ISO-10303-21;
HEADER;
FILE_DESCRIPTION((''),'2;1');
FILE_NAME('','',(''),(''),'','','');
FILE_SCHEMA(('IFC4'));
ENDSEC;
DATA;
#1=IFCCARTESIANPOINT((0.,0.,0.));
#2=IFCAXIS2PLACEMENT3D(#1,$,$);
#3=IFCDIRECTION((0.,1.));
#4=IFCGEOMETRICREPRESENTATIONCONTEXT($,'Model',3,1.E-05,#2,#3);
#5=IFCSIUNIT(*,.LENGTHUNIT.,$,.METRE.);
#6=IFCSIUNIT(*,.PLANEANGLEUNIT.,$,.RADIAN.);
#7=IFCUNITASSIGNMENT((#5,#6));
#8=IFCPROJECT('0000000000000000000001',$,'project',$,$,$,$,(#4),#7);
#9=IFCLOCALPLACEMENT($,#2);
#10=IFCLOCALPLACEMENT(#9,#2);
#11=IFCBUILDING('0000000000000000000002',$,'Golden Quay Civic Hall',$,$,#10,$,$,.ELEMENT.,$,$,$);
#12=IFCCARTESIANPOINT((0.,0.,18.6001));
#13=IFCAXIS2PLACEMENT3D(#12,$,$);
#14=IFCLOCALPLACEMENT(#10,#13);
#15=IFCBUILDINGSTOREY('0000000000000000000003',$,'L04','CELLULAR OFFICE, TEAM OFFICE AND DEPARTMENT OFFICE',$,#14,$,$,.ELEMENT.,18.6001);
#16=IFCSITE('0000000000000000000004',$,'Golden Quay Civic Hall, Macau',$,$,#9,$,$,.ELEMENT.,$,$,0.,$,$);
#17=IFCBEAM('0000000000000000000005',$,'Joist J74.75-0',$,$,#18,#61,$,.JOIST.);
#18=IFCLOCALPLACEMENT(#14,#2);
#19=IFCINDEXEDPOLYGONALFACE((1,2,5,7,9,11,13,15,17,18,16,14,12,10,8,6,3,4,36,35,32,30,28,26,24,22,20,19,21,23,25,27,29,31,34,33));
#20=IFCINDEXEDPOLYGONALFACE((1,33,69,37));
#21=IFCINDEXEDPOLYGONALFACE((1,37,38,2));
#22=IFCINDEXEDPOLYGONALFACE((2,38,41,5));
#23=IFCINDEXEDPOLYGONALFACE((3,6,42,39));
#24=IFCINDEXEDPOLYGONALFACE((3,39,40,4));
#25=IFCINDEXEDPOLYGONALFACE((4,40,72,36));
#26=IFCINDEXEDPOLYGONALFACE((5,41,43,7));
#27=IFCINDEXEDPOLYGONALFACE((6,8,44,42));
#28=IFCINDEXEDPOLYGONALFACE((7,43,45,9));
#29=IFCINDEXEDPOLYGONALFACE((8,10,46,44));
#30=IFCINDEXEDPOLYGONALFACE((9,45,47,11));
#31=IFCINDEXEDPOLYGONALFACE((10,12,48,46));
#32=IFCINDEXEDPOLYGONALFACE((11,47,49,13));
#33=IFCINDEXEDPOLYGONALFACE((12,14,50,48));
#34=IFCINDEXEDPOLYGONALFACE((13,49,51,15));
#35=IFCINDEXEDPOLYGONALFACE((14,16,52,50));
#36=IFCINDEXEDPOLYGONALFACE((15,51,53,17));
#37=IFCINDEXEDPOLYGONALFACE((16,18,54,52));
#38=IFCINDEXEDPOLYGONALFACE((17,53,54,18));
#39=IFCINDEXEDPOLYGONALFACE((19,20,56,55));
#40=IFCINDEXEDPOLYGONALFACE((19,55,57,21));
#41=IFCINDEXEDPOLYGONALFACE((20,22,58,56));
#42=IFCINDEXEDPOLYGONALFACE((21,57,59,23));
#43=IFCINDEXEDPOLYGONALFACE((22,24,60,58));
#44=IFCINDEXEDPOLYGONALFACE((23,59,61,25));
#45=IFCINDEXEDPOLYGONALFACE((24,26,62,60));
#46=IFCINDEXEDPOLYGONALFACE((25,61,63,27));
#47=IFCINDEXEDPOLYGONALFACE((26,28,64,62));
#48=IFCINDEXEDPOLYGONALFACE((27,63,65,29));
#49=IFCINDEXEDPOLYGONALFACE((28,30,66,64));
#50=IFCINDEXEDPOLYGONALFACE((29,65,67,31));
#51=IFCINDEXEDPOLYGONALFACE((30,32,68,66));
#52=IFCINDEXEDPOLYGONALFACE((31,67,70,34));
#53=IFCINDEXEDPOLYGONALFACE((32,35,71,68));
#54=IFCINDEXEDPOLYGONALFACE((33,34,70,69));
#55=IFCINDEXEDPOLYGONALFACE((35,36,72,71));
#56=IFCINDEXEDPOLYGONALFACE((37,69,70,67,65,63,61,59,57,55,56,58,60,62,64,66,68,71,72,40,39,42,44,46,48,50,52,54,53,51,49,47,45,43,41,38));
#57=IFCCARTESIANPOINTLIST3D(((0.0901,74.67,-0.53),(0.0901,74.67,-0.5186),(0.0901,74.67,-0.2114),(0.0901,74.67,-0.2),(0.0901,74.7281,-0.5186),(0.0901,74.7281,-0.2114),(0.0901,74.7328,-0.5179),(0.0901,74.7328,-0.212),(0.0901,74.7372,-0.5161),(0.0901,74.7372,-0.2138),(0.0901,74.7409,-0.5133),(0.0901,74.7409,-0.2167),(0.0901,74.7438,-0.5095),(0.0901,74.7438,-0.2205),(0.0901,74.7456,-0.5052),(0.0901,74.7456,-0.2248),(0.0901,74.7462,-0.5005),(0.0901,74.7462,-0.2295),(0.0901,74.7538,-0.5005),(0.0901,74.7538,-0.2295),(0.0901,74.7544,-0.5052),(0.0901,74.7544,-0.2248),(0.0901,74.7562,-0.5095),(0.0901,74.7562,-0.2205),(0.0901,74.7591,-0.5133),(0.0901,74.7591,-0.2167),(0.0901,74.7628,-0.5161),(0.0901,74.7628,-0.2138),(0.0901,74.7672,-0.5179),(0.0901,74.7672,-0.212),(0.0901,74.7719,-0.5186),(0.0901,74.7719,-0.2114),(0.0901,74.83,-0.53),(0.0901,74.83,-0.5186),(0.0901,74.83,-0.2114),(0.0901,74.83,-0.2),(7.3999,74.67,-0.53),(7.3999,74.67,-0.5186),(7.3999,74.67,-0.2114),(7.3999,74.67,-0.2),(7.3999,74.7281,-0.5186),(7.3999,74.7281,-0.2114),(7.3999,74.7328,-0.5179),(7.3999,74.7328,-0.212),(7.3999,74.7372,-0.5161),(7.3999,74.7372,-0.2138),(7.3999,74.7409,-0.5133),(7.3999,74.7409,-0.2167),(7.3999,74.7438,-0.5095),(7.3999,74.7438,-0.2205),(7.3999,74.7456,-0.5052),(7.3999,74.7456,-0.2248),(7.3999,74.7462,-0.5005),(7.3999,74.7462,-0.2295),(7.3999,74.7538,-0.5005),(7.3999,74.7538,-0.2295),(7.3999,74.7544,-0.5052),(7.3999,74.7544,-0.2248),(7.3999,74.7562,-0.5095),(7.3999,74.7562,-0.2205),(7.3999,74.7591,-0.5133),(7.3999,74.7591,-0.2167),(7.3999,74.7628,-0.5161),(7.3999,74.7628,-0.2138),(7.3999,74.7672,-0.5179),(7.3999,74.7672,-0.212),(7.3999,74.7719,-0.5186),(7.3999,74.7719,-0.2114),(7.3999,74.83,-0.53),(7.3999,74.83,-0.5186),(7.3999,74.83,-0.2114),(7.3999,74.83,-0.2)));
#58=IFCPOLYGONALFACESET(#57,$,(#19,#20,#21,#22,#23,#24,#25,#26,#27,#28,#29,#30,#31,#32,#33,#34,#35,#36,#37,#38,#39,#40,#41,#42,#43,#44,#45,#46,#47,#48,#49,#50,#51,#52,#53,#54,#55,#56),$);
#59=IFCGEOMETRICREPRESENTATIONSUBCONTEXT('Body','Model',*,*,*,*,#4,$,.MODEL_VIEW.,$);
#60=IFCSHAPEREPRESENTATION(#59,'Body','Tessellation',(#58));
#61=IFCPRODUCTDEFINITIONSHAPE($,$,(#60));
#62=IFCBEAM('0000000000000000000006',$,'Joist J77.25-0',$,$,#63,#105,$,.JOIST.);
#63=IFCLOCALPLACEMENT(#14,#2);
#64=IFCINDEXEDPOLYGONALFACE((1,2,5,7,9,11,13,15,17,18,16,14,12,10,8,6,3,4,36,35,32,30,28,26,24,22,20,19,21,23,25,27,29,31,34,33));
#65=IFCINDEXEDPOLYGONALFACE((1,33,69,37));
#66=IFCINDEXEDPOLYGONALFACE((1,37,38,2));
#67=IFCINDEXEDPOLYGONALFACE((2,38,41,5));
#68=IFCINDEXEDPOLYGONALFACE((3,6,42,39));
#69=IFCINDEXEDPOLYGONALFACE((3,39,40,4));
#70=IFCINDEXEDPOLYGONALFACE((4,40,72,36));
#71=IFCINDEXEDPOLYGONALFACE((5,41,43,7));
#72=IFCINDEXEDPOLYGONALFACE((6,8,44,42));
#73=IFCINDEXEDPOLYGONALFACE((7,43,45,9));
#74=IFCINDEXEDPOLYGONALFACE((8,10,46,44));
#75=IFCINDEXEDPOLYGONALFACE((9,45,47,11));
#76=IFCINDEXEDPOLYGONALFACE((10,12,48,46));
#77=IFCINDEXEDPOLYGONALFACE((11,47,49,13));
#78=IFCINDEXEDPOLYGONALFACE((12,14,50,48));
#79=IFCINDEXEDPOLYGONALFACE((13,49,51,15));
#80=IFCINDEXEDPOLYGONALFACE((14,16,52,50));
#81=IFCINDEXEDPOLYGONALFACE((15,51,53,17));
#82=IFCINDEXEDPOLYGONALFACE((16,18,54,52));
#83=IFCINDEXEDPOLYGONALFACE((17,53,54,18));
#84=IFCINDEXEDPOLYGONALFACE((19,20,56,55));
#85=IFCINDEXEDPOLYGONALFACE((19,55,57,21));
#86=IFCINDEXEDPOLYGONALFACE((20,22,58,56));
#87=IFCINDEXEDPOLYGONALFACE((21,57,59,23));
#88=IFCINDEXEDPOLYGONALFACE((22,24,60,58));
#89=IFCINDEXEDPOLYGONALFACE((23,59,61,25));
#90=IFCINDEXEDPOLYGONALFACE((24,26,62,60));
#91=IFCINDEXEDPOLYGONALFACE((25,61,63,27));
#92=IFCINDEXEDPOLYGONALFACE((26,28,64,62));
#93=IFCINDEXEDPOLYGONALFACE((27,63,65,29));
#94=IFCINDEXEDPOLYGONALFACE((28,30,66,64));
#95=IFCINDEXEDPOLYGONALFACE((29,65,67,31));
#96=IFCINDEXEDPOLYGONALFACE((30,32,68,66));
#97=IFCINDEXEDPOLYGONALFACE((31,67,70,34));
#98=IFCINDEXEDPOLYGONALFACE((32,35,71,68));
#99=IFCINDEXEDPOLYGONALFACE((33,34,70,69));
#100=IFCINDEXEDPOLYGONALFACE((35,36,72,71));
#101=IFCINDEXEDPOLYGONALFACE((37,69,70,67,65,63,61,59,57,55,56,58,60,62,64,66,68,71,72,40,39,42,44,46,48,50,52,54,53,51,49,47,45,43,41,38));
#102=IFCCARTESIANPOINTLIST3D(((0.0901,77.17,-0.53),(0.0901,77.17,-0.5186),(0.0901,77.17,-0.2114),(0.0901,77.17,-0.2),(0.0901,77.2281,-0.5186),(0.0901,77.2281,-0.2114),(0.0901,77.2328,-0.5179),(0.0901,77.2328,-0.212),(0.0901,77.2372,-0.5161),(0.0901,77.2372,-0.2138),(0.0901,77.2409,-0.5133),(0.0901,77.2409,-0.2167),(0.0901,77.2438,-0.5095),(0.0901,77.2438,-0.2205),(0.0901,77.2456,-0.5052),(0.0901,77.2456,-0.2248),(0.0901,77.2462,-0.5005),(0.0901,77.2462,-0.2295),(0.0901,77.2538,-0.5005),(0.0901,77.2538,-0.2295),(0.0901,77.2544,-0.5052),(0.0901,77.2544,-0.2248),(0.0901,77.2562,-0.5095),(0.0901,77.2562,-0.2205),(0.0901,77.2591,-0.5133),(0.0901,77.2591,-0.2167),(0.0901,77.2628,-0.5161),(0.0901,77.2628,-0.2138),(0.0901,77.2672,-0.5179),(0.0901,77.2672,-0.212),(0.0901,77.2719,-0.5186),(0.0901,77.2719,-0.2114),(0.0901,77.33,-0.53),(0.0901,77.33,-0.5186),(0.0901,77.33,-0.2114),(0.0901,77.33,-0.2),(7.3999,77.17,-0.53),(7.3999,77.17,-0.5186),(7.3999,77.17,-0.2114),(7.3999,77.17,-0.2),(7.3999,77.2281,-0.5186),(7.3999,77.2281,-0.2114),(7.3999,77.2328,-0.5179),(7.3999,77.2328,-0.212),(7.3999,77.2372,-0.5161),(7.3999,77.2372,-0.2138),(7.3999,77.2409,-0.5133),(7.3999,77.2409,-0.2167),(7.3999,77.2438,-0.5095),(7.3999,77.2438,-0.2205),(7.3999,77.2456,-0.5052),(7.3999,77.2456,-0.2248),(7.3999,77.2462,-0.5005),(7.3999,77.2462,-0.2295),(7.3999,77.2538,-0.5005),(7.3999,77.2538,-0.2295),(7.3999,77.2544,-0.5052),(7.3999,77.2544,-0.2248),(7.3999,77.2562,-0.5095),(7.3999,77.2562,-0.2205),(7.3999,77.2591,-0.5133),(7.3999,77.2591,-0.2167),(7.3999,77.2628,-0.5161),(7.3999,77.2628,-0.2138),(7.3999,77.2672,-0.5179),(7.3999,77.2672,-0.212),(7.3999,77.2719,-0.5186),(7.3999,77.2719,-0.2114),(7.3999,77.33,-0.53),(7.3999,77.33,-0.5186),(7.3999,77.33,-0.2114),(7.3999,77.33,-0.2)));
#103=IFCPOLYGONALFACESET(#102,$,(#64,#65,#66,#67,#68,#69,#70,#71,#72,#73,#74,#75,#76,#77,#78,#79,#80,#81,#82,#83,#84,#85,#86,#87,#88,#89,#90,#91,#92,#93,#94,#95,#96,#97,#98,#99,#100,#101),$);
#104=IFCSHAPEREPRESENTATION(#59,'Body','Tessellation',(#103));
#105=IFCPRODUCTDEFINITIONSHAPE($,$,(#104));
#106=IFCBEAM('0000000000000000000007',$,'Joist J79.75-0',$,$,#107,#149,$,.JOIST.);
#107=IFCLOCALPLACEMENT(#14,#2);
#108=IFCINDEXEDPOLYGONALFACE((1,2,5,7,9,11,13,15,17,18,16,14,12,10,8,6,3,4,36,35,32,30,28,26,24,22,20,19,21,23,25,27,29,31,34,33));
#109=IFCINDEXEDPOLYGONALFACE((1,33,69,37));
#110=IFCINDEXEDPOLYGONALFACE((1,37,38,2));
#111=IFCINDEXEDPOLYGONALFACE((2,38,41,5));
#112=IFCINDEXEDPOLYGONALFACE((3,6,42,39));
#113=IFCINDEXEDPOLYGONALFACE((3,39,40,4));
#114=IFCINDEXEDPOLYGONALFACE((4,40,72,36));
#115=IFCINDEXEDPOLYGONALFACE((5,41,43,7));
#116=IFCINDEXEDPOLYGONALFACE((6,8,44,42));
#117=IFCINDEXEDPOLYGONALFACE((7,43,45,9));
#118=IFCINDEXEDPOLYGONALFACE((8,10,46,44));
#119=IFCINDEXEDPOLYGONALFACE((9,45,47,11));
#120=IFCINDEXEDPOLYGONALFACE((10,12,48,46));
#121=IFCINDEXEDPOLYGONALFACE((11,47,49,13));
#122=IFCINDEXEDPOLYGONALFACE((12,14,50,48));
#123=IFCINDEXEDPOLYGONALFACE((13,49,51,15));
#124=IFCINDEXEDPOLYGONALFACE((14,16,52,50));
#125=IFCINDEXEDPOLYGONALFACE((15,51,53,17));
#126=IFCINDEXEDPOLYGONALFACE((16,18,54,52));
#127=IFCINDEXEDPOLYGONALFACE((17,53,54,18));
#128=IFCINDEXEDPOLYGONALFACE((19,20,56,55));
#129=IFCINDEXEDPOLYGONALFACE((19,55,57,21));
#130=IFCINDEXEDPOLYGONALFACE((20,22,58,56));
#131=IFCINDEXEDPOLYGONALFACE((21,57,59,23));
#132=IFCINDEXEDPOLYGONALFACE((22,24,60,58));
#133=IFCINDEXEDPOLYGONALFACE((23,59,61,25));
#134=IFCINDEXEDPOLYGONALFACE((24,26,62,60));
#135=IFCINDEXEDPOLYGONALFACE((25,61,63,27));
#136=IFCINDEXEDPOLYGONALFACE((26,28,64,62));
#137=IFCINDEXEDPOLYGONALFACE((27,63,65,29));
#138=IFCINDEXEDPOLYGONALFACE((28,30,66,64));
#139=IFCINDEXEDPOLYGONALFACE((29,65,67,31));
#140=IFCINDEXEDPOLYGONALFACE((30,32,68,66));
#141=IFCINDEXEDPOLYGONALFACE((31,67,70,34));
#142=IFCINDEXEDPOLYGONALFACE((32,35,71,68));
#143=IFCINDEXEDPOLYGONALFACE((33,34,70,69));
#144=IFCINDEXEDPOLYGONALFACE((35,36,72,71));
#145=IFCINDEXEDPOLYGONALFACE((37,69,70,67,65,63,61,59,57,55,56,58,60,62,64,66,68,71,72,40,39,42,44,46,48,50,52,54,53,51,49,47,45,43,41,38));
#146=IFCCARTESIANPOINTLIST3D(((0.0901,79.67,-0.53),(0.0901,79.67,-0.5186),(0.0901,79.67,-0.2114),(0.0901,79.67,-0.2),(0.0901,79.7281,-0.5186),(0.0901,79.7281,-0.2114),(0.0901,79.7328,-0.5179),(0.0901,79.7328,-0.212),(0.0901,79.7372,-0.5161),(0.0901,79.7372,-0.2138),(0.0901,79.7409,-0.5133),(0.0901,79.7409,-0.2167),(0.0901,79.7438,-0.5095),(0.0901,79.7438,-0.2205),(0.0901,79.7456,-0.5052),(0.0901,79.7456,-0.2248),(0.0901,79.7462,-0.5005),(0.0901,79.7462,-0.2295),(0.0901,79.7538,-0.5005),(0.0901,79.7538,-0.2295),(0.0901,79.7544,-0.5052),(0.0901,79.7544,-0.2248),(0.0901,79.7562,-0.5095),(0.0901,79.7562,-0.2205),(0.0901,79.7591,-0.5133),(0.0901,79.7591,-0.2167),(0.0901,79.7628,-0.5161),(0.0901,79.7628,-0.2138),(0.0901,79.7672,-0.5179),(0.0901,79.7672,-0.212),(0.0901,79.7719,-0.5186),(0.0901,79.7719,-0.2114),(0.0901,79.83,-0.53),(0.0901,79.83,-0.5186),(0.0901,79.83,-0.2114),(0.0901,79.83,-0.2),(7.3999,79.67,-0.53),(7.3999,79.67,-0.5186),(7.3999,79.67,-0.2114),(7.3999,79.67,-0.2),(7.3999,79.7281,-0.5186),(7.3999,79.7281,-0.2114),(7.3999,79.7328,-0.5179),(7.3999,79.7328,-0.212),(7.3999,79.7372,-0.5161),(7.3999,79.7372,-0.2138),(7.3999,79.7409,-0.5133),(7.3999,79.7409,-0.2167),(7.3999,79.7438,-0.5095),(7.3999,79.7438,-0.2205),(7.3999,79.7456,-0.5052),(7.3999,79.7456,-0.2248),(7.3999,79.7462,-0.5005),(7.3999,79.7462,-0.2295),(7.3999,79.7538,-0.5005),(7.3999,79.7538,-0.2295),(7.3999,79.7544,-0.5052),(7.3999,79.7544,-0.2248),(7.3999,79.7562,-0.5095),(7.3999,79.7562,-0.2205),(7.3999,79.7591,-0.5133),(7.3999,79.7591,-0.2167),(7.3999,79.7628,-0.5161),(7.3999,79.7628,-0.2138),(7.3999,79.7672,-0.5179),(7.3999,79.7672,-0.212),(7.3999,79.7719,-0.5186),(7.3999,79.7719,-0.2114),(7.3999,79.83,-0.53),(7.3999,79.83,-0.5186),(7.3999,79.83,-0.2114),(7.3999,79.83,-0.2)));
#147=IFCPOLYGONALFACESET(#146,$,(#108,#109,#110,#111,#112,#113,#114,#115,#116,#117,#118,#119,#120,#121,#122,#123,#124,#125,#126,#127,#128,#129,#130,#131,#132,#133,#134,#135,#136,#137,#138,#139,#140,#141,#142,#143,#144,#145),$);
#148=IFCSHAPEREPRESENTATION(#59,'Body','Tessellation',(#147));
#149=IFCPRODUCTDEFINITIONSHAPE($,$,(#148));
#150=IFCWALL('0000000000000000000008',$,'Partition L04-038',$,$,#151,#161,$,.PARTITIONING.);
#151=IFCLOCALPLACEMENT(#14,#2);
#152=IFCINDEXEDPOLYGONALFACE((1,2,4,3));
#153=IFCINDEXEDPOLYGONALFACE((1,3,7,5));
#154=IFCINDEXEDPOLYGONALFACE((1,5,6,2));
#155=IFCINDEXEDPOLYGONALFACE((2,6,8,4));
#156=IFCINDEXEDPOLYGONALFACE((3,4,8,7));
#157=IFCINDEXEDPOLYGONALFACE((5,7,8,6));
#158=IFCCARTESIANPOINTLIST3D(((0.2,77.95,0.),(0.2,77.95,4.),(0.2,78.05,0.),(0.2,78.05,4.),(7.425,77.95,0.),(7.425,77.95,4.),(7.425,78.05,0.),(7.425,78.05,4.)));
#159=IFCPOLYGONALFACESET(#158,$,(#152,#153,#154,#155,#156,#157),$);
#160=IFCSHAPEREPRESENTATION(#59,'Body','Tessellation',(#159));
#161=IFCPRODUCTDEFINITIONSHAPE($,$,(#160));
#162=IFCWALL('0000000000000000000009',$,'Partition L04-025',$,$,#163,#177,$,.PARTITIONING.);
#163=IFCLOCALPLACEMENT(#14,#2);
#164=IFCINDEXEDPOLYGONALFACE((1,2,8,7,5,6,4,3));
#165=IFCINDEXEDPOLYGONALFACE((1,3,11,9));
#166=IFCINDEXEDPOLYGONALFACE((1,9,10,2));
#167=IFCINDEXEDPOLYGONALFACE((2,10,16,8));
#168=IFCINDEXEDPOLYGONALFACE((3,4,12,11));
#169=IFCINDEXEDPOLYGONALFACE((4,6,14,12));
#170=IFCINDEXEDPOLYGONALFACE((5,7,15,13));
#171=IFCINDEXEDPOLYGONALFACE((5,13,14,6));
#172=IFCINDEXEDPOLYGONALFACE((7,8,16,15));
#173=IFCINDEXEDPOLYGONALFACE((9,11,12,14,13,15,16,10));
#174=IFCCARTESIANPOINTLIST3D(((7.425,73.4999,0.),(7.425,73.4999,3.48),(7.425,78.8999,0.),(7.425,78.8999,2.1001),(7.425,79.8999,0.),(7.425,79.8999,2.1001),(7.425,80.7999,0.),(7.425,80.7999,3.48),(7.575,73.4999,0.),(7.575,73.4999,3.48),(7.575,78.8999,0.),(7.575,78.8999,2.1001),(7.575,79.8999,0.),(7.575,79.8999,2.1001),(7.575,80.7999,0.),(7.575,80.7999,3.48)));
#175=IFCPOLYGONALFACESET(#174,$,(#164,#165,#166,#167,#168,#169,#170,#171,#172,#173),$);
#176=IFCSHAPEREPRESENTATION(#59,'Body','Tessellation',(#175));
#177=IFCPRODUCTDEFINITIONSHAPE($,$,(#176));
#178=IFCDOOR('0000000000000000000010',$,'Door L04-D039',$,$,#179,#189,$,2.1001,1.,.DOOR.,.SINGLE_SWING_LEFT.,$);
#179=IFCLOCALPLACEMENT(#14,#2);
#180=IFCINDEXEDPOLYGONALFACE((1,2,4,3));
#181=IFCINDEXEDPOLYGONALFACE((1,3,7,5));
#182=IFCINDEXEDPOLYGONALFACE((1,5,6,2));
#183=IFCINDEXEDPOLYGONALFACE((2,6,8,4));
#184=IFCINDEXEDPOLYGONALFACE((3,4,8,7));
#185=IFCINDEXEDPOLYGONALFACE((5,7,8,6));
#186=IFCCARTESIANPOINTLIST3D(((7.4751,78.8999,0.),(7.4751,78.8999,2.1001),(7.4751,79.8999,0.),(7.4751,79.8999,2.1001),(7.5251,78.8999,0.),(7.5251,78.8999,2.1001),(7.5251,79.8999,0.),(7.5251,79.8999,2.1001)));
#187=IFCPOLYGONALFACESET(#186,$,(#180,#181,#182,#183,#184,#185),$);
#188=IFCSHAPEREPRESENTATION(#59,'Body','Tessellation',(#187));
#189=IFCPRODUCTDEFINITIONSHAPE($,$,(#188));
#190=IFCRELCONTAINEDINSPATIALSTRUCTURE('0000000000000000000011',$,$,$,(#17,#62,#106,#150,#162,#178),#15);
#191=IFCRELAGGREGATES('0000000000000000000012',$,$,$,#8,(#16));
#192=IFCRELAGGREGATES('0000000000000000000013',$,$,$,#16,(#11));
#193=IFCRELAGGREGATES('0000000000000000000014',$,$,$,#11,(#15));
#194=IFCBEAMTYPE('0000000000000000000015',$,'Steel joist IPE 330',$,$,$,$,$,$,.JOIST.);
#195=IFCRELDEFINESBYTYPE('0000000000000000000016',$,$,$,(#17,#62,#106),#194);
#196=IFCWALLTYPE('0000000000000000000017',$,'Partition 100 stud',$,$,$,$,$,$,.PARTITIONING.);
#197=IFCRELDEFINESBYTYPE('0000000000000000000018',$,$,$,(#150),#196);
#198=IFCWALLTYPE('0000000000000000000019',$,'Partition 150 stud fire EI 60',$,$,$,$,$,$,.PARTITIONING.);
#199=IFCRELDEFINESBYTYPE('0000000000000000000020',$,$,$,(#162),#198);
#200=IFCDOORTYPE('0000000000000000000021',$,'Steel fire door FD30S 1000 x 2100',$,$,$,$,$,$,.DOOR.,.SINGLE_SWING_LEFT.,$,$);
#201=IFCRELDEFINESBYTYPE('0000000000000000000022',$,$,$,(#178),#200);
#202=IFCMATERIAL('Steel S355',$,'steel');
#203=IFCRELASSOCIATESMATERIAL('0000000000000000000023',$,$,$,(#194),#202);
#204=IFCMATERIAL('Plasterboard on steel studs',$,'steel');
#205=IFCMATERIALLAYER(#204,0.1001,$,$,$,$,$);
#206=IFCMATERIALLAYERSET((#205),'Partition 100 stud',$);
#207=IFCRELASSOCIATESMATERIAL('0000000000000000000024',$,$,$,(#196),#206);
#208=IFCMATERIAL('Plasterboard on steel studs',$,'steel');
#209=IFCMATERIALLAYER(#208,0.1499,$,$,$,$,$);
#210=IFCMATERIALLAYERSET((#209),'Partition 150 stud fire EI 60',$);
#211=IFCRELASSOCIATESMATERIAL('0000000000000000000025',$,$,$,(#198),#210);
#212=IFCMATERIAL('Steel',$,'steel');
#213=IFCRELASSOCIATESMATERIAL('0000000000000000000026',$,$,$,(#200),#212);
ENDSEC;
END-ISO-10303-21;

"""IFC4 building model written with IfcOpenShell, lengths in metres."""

from ifc_helpers import new_model, si_unit, direction, frame, frame_2d, origin, origin_2d, place, context, subcontext, project, spatial, rectangle, i_section, extrude, material, layer, layer_set, material_profile, profile_set, type_object, element, fill, save


model = new_model("IFC4")

# Units and contexts
model_context = context("Model", 3, precision=1e-05, world=origin(), true_north=direction((0.0, 1.0)))
body_context = subcontext(model_context, "Body", "Model", "MODEL_VIEW")
ifc_project = project(units=[si_unit("LENGTHUNIT", "METRE"), si_unit("PLANEANGLEUNIT", "RADIAN")], contexts=[model_context])

# Site, building, storey
site_placement = place(None, origin())
site = spatial("IfcSite", under=ifc_project, at=site_placement, Name="Golden Quay Civic Hall, Macau", CompositionType="ELEMENT", RefElevation=0.0)
building_placement = place(site_placement, origin())
building = spatial("IfcBuilding", under=site, at=building_placement, Name="Golden Quay Civic Hall", CompositionType="ELEMENT")
storey_placement = place(building_placement, frame((0.0, 0.0, 18.6001)))
storey = spatial("IfcBuildingStorey", under=building, at=storey_placement, Name="L04", Description="CELLULAR OFFICE, TEAM OFFICE AND DEPARTMENT OFFICE", CompositionType="ELEMENT", Elevation=18.6001)

# Beams
ifc_material_1 = material(Name="Steel S355", Category="steel")
ifc_material_profile_1 = material_profile(ifc_material_1, i_section(OverallWidth=0.1599, OverallDepth=0.3301, WebThickness=0.0076, FlangeThickness=0.0115, FilletRadius=0.0181, at=origin_2d()), Name="IPE 330")
ifc_profile_set_1 = profile_set([ifc_material_profile_1], Name="Steel S355")
beam_type_1 = type_object("IfcBeamType", Name="Steel joist IPE 330", PredefinedType="JOIST", material=ifc_profile_set_1)
for number, where, z_axis, x_axis, name in (
    (1, (0.0901, 74.75, -0.365), (1.0, 0.0, 0.0), (0.0, 1.0, 0.0), "Joist J74.75-0"),
    (2, (0.0901, 77.25, -0.365), (1.0, 0.0, 0.0), (0.0, 1.0, 0.0), "Joist J77.25-0"),
    (3, (0.0901, 79.75, -0.365), (1.0, 0.0, 0.0), (0.0, 1.0, 0.0), "Joist J79.75-0"),
):
    element("IfcBeam", number, at=place(storey_placement, frame(where, z_axis=z_axis, x_axis=x_axis)), inside=storey, type_object=beam_type_1, Name=name, PredefinedType="JOIST", context=body_context, shape_type="SweptSolid", body=[
        extrude(i_section(OverallWidth=0.1599, OverallDepth=0.3301, WebThickness=0.0076, FlangeThickness=0.0115, FilletRadius=0.0181, at=origin_2d()), origin(), (0.0, 0.0, 1.0), 7.3098),
    ])

# Wall
ifc_material_2 = material(Name="Plasterboard on steel studs", Category="steel")
ifc_layer_1 = layer(ifc_material_2, 0.1001)
ifc_layer_set_1 = layer_set([ifc_layer_1], Name="Partition 100 stud")
wall_type_1 = type_object("IfcWallType", Name="Partition 100 stud", PredefinedType="PARTITIONING", material=ifc_layer_set_1)
wall_1_placement = place(storey_placement, frame((0.2, 78.0, 0.0), z_axis=(0.0, 0.0, 1.0), x_axis=(1.0, 0.0, 0.0)))
element("IfcWall", 4, at=wall_1_placement, inside=storey, type_object=wall_type_1, Name="Partition L04-038", PredefinedType="PARTITIONING", context=body_context, shape_type="SweptSolid", body=[
    extrude(rectangle(XDim=7.2251, YDim=0.1001, at=frame_2d((3.6125, 0.0))), origin(), (0.0, 0.0, 1.0), 4.0),
])

# Wall, opening, door
ifc_material_3 = material(Name="Plasterboard on steel studs", Category="steel")
ifc_layer_2 = layer(ifc_material_3, 0.1499)
ifc_layer_set_2 = layer_set([ifc_layer_2], Name="Partition 150 stud fire EI 60")
wall_type_2 = type_object("IfcWallType", Name="Partition 150 stud fire EI 60", PredefinedType="PARTITIONING", material=ifc_layer_set_2)
wall_2_placement = place(storey_placement, frame((7.5, 73.5, 0.0), z_axis=(0.0, 0.0, 1.0), x_axis=(0.0, 1.0, 0.0)))
wall_2 = element("IfcWall", 5, at=wall_2_placement, inside=storey, type_object=wall_type_2, Name="Partition L04-025", PredefinedType="PARTITIONING", context=body_context, shape_type="SweptSolid", body=[
    extrude(rectangle(XDim=7.3, YDim=0.1499, at=frame_2d((3.6499, 0.0))), origin(), (0.0, 0.0, 1.0), 3.48),
])
opening_1_placement = place(wall_2_placement, frame((5.3999, 0.0, 0.0)))
opening_1 = element("IfcOpeningElement", 6, at=opening_1_placement, cuts=wall_2, PredefinedType="OPENING", context=body_context, shape_type="SweptSolid", body=[
    extrude(rectangle(XDim=1.0, YDim=2.1001, at=frame_2d((0.5, 1.05))), frame((0.0, 0.085, 0.0), z_axis=(0.0, -1.0, 0.0), x_axis=(1.0, 0.0, 0.0)), (0.0, 0.0, 1.0), 0.1699),
])
ifc_material_4 = material(Name="Steel", Category="steel")
door_type = type_object("IfcDoorType", Name="Steel fire door FD30S 1000 x 2100", OperationType="SINGLE_SWING_LEFT", PredefinedType="DOOR", material=ifc_material_4)
door_placement = place(opening_1_placement, origin())
door = element("IfcDoor", 7, at=door_placement, inside=storey, type_object=door_type, Name="Door L04-D039", OperationType="SINGLE_SWING_LEFT", OverallHeight=2.1001, OverallWidth=1.0, PredefinedType="DOOR", context=body_context, shape_type="SweptSolid", body=[
    extrude(rectangle(XDim=1.0, YDim=2.1001, at=frame_2d((0.5, 1.05))), frame((0.0, 0.0249, 0.0), z_axis=(0.0, -1.0, 0.0), x_axis=(1.0, 0.0, 0.0)), (0.0, 0.0, 1.0), 0.05),
])
fill(opening_1, door)

save(model, "model.ifc")
